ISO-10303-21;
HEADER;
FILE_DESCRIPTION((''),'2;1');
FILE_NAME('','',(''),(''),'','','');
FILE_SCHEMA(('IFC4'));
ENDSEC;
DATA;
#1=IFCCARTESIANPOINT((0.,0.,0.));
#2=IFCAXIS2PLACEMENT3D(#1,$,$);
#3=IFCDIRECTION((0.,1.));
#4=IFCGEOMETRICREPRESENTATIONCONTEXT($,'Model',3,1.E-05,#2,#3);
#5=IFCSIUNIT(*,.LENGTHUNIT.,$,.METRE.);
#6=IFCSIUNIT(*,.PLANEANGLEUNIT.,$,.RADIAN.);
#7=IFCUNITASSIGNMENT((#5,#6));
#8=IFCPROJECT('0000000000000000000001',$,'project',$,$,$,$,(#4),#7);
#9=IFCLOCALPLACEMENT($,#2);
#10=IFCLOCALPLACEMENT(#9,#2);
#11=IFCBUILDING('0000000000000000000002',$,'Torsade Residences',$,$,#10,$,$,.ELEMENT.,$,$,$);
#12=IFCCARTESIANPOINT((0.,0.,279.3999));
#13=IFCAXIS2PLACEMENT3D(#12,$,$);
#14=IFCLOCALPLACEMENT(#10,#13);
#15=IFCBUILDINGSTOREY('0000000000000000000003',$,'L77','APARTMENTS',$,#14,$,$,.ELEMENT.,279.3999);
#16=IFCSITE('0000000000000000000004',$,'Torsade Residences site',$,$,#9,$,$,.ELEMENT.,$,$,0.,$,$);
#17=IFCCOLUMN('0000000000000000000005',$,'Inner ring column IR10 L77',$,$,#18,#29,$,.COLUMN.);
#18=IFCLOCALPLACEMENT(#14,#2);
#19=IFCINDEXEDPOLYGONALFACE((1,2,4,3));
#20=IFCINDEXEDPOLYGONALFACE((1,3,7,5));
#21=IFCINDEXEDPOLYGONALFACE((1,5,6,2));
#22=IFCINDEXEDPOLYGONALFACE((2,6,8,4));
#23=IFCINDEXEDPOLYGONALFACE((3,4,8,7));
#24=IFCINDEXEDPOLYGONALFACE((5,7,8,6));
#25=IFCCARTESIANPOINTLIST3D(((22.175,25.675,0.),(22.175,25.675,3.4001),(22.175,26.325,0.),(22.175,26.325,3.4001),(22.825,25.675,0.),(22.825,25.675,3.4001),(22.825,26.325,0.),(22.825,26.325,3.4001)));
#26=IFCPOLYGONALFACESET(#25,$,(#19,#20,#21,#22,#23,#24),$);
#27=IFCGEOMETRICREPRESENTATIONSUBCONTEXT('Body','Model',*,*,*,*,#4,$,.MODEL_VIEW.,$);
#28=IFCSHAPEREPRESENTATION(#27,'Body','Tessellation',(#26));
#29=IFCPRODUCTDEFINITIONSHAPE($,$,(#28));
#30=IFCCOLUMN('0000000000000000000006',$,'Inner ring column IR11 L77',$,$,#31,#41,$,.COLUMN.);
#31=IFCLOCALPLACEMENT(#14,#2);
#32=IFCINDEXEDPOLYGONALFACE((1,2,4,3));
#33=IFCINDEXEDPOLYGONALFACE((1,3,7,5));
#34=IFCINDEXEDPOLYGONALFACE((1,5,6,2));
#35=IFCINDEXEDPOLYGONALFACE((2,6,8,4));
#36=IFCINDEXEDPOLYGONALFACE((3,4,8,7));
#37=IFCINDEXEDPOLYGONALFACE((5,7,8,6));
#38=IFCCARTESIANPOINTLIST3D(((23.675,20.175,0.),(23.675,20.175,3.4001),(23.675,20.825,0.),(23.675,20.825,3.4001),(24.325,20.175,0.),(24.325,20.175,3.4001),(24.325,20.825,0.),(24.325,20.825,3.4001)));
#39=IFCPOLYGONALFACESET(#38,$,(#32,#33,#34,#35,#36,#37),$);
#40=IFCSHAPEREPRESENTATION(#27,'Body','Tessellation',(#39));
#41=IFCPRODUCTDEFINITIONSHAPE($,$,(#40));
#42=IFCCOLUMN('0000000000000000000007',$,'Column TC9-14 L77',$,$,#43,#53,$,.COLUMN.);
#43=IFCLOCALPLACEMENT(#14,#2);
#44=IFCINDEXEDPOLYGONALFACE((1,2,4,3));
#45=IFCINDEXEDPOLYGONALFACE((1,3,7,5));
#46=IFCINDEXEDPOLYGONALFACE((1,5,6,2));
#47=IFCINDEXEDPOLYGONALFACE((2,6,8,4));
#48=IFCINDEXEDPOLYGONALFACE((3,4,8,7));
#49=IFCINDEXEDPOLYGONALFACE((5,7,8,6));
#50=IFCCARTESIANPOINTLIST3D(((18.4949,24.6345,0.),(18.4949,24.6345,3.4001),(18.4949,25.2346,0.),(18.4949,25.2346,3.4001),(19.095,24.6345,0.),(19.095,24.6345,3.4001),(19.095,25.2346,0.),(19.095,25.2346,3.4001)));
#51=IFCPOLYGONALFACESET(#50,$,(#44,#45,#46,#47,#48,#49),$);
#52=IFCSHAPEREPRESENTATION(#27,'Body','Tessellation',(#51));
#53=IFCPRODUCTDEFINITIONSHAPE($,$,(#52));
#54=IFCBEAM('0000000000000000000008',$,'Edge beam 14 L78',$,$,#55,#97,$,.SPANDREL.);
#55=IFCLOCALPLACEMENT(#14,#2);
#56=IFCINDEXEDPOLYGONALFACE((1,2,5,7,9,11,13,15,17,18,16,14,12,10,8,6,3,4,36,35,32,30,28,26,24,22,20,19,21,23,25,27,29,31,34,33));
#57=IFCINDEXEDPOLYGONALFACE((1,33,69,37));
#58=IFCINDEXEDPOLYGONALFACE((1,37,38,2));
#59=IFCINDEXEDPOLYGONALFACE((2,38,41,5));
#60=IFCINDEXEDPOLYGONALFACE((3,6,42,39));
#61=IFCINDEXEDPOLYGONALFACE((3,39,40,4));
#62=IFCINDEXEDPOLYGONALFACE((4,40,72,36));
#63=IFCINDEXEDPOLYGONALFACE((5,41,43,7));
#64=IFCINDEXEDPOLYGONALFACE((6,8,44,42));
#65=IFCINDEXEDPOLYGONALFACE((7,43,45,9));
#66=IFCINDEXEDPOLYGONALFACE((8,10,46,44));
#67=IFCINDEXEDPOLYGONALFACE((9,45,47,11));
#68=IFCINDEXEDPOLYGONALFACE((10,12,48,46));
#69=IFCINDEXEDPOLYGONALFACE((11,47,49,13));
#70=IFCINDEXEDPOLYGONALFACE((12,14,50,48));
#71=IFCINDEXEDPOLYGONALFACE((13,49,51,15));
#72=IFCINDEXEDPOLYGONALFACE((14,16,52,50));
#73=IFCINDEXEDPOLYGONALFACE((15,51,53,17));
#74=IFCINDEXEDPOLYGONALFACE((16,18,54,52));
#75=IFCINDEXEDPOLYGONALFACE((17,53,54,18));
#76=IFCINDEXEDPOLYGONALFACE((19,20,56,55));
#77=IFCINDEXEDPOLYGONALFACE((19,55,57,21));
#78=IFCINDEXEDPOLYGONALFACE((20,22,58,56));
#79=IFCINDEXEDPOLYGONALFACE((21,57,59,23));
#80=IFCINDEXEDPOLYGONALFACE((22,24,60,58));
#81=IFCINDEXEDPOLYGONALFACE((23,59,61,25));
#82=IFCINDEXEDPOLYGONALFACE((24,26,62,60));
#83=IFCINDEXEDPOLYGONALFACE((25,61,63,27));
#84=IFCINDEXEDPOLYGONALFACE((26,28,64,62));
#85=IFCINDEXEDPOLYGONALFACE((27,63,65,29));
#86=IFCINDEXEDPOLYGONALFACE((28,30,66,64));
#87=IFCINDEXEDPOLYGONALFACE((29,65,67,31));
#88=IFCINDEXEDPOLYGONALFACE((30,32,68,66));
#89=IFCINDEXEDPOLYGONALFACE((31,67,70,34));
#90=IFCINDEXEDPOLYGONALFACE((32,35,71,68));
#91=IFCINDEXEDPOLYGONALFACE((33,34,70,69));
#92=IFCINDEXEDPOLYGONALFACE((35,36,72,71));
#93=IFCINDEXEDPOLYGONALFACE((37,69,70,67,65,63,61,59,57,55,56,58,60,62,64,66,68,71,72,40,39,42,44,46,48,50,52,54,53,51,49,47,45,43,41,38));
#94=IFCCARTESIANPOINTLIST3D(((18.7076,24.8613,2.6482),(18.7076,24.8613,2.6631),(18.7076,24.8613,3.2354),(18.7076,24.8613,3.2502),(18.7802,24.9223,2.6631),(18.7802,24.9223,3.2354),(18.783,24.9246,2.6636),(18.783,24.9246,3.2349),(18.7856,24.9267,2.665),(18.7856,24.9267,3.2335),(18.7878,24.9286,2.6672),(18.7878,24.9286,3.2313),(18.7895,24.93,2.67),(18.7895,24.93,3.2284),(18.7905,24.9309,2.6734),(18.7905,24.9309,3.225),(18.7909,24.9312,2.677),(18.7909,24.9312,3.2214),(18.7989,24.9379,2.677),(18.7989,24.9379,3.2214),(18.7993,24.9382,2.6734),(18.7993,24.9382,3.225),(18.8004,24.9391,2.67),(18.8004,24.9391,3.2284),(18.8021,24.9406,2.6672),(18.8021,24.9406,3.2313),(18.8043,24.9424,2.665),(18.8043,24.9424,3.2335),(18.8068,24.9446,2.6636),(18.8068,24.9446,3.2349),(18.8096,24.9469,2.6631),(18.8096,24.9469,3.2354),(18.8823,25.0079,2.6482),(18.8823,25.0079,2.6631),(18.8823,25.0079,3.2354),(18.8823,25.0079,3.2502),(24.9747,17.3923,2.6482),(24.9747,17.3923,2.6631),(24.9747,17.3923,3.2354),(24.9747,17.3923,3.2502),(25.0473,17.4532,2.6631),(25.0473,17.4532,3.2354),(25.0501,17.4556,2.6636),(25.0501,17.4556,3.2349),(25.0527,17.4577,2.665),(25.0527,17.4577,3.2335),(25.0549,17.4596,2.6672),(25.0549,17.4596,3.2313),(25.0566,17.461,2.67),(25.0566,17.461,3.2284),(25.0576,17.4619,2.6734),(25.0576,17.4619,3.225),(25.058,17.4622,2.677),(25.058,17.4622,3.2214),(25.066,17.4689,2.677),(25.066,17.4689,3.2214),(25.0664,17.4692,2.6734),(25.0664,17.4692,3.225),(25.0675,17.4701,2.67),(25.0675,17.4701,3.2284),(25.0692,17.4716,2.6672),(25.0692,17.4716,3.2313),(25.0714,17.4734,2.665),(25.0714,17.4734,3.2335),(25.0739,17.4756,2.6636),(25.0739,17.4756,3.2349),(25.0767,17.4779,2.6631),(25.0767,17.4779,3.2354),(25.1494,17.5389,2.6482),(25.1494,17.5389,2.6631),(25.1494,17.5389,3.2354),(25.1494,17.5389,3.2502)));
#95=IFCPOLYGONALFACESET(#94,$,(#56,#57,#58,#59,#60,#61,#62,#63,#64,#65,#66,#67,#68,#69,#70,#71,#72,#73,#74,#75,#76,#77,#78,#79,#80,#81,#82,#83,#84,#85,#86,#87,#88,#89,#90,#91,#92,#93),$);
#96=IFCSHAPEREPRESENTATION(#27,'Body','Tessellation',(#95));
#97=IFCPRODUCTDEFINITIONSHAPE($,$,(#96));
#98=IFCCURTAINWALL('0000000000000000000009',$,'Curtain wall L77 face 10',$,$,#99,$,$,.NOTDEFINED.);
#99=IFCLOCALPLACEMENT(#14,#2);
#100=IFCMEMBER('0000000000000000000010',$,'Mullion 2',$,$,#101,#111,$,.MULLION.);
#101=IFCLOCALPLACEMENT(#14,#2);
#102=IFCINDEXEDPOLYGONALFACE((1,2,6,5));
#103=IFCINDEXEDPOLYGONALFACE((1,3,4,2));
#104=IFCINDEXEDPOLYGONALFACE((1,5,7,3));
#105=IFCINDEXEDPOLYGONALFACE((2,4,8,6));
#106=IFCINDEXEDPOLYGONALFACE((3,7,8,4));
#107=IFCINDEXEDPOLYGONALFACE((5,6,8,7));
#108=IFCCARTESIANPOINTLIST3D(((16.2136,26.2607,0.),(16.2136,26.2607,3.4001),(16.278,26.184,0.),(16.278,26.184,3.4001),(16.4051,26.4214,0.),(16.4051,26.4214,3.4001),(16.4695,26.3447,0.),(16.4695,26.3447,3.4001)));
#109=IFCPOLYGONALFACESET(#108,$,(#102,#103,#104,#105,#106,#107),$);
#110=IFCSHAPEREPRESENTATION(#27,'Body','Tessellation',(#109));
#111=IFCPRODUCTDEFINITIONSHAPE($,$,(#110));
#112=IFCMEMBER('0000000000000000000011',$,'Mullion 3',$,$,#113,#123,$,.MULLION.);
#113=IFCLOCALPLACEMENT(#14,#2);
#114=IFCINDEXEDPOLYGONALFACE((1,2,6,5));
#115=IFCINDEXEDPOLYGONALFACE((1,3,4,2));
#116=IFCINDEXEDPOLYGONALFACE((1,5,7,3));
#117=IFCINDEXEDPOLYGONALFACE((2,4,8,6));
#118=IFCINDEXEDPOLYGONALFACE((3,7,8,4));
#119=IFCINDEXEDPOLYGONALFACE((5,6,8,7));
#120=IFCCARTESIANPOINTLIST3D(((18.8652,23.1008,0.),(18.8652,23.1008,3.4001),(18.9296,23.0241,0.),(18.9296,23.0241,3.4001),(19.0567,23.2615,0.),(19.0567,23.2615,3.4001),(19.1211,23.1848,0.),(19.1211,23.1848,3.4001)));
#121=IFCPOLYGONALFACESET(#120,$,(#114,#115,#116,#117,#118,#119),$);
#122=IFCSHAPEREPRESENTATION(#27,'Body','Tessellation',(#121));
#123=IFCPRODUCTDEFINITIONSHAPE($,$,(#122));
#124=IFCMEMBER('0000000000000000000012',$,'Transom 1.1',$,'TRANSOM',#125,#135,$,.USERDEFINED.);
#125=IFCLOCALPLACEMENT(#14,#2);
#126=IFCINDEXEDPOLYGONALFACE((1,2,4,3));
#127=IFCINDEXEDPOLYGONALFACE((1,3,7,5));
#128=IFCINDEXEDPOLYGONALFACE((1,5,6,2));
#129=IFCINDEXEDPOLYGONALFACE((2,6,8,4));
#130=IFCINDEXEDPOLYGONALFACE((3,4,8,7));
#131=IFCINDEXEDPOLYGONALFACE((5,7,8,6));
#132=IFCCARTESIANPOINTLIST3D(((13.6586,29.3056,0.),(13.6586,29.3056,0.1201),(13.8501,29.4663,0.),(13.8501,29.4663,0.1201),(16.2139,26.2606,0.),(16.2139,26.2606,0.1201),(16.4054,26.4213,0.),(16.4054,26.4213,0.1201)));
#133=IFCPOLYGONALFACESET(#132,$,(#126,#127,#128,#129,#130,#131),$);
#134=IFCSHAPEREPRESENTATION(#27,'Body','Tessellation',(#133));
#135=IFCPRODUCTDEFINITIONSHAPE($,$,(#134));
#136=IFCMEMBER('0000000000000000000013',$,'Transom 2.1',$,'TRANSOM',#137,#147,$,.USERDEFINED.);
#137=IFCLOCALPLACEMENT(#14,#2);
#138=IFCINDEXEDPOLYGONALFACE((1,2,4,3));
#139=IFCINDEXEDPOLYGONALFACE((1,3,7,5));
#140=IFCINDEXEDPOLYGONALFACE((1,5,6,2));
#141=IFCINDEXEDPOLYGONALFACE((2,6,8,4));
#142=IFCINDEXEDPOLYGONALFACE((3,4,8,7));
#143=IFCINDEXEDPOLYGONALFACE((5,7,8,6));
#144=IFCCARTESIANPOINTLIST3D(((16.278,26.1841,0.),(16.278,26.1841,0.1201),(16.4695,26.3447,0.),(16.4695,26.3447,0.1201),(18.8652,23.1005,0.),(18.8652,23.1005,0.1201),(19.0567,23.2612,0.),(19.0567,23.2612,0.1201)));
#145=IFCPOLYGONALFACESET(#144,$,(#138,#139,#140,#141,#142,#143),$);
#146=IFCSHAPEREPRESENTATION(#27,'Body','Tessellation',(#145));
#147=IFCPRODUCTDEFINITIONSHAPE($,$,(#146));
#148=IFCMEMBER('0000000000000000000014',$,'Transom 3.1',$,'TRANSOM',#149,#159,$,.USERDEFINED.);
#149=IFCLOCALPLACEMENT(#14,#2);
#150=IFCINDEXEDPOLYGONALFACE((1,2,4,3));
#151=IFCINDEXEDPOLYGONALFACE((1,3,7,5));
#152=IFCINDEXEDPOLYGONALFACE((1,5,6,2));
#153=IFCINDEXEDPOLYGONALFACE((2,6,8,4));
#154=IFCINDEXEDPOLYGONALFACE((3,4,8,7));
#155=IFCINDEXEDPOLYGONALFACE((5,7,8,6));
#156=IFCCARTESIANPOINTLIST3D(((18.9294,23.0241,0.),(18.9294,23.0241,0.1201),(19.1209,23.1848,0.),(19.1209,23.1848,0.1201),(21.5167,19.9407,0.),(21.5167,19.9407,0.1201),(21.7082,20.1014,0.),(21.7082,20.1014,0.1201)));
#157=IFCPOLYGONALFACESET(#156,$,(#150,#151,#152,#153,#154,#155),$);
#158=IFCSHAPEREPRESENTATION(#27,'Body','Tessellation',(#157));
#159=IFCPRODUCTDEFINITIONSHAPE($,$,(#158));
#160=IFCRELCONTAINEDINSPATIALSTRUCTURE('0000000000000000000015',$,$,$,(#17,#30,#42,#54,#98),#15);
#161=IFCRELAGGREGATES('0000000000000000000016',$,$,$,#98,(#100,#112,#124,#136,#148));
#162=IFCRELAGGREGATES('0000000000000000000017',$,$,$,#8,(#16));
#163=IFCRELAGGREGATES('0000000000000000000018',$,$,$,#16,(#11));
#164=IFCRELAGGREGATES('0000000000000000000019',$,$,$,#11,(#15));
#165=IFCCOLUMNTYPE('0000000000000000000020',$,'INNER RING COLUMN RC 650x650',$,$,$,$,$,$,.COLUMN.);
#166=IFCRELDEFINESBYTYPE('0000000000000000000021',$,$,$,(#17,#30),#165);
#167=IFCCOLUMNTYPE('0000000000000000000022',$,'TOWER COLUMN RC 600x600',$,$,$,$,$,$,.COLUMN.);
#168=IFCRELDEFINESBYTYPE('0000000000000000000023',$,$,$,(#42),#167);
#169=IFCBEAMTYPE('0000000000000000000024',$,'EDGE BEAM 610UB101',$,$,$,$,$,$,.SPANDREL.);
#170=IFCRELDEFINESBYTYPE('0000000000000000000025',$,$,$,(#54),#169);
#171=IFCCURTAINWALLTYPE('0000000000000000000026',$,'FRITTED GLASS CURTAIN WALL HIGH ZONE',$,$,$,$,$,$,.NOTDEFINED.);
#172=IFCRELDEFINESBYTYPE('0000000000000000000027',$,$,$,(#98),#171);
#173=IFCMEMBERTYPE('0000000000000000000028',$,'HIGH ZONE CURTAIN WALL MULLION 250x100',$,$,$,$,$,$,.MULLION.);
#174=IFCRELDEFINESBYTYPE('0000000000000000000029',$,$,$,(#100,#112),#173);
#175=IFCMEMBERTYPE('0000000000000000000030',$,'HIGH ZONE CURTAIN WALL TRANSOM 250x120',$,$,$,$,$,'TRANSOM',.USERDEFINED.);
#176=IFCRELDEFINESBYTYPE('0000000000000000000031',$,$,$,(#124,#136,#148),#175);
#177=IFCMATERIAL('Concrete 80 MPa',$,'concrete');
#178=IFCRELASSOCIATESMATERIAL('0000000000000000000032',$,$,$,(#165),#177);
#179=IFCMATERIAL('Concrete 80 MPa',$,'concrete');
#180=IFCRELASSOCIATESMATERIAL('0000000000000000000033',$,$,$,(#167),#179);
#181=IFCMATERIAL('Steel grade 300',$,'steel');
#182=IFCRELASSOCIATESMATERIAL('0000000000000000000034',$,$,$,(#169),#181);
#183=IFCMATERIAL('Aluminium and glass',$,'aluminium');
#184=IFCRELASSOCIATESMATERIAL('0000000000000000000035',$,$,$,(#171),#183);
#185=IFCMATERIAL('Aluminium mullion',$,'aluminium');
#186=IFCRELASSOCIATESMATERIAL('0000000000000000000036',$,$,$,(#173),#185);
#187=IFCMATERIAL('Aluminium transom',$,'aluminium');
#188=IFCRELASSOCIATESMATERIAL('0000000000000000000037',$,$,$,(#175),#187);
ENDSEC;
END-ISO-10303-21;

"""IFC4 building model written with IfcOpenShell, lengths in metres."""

from ifc_helpers import new_model, si_unit, direction, frame, origin, origin_2d, place, context, subcontext, project, spatial, rectangle, i_section, extrude, material, material_profile, profile_set, type_object, element, aggregate, save


model = new_model("IFC4")

# Units and contexts
model_context = context("Model", 3, precision=1e-05, world=origin(), true_north=direction((0.0, 1.0)))
body_context = subcontext(model_context, "Body", "Model", "MODEL_VIEW")
ifc_project = project(units=[si_unit("LENGTHUNIT", "METRE"), si_unit("PLANEANGLEUNIT", "RADIAN")], contexts=[model_context])

# Site, building, storey
site_placement = place(None, origin())
site = spatial("IfcSite", under=ifc_project, at=site_placement, Name="Torsade Residences site", CompositionType="ELEMENT", RefElevation=0.0)
building_placement = place(site_placement, origin())
building = spatial("IfcBuilding", under=site, at=building_placement, Name="Torsade Residences", CompositionType="ELEMENT")
storey_placement = place(building_placement, frame((0.0, 0.0, 279.3999)))
storey = spatial("IfcBuildingStorey", under=building, at=storey_placement, Name="L77", Description="APARTMENTS", CompositionType="ELEMENT", Elevation=279.3999)

# Columns
ifc_material_1 = material(Name="Concrete 80 MPa", Category="concrete")
ifc_material_profile_1 = material_profile(ifc_material_1, rectangle(XDim=0.6499, YDim=0.6499, at=origin_2d()), Name="RC 650x650")
ifc_profile_set_1 = profile_set([ifc_material_profile_1], Name="Concrete 80 MPa")
column_type_1 = type_object("IfcColumnType", Name="INNER RING COLUMN RC 650x650", PredefinedType="COLUMN", material=ifc_profile_set_1)
for number, where, z_axis, x_axis, name in (
    (1, (22.5, 26.0, 0.0), (0.0, 0.0, 1.0), (1.0, 0.0, 0.0), "Inner ring column IR10 L77"),
    (2, (24.0, 20.5, 0.0), (0.0, 0.0, 1.0), (1.0, 0.0, 0.0), "Inner ring column IR11 L77"),
):
    element("IfcColumn", number, at=place(storey_placement, frame(where, z_axis=z_axis, x_axis=x_axis)), inside=storey, type_object=column_type_1, Name=name, PredefinedType="COLUMN", context=body_context, shape_type="SweptSolid", body=[
        extrude(rectangle(XDim=0.6499, YDim=0.6499, at=origin_2d()), origin(), (0.0, 0.0, 1.0), 3.4001),
    ])
ifc_material_2 = material(Name="Concrete 80 MPa", Category="concrete")
ifc_material_profile_2 = material_profile(ifc_material_2, rectangle(XDim=0.6001, YDim=0.6001, at=origin_2d()), Name="RC 600x600")
ifc_profile_set_2 = profile_set([ifc_material_profile_2], Name="Concrete 80 MPa")
column_type_2 = type_object("IfcColumnType", Name="TOWER COLUMN RC 600x600", PredefinedType="COLUMN", material=ifc_profile_set_2)
column_placement = place(storey_placement, frame((18.7949, 24.9346, 0.0), z_axis=(0.0, 0.0, 1.0), x_axis=(1.0, 0.0, 0.0)))
element("IfcColumn", 3, at=column_placement, inside=storey, type_object=column_type_2, Name="Column TC9-14 L77", PredefinedType="COLUMN", context=body_context, shape_type="SweptSolid", body=[
    extrude(rectangle(XDim=0.6001, YDim=0.6001, at=origin_2d()), origin(), (0.0, 0.0, 1.0), 3.4001),
])

# Beam
ifc_material_3 = material(Name="Steel grade 300", Category="steel")
ifc_material_profile_3 = material_profile(ifc_material_3, i_section(OverallWidth=0.228, OverallDepth=0.6021, WebThickness=0.0105, FlangeThickness=0.0149, FilletRadius=0.0139, at=origin_2d()), Name="610UB101")
ifc_profile_set_3 = profile_set([ifc_material_profile_3], Name="Steel grade 300")
beam_type_1 = type_object("IfcBeamType", Name="EDGE BEAM 610UB101", PredefinedType="SPANDREL", material=ifc_profile_set_3)
beam_1_placement = place(storey_placement, frame((18.7949, 24.9346, 2.9492), z_axis=(0.642779, -0.766052, 0.0), x_axis=(0.766052, 0.642779, 0.0)))
element("IfcBeam", 4, at=beam_1_placement, inside=storey, type_object=beam_type_1, Name="Edge beam 14 L78", PredefinedType="SPANDREL", context=body_context, shape_type="SweptSolid", body=[
    extrude(i_section(OverallWidth=0.228, OverallDepth=0.6021, WebThickness=0.0105, FlangeThickness=0.0149, FilletRadius=0.0139, at=origin_2d()), origin(), (0.0, 0.0, 1.0), 9.75),
])

# Curtain wall, members
ifc_material_4 = material(Name="Aluminium and glass", Category="aluminium")
curtain_wall_type = type_object("IfcCurtainWallType", Name="FRITTED GLASS CURTAIN WALL HIGH ZONE", PredefinedType="NOTDEFINED", material=ifc_material_4)
curtain_wall_placement = place(storey_placement, origin())
curtain_wall = element("IfcCurtainWall", 5, at=curtain_wall_placement, inside=storey, type_object=curtain_wall_type, Name="Curtain wall L77 face 10", PredefinedType="NOTDEFINED")
ifc_material_5 = material(Name="Aluminium mullion", Category="aluminium")
ifc_material_profile_4 = material_profile(ifc_material_5, rectangle(XDim=0.25, YDim=0.1001, at=origin_2d()), Name="HIGH ZONE CURTAIN WALL MULLION 250x100")
ifc_profile_set_4 = profile_set([ifc_material_profile_4], Name="Aluminium mullion")
member_type_1 = type_object("IfcMemberType", Name="HIGH ZONE CURTAIN WALL MULLION 250x100", PredefinedType="MULLION", material=ifc_profile_set_4)
member_1_placement = place(storey_placement, frame((16.3416, 26.3027, 0.0), z_axis=(0.0, 0.0, 1.0), x_axis=(0.766044, 0.642788, 0.0)))
member_1 = element("IfcMember", 6, at=member_1_placement, type_object=member_type_1, Name="Mullion 2", PredefinedType="MULLION", context=body_context, shape_type="SweptSolid", body=[
    extrude(rectangle(XDim=0.25, YDim=0.1001, at=origin_2d()), origin(), (0.0, 0.0, 1.0), 3.4001),
])
member_2_placement = place(storey_placement, frame((18.9932, 23.1428, 0.0), z_axis=(0.0, 0.0, 1.0), x_axis=(0.766044, 0.642788, 0.0)))
member_2 = element("IfcMember", 7, at=member_2_placement, type_object=member_type_1, Name="Mullion 3", PredefinedType="MULLION", context=body_context, shape_type="SweptSolid", body=[
    extrude(rectangle(XDim=0.25, YDim=0.1001, at=origin_2d()), origin(), (0.0, 0.0, 1.0), 3.4001),
])
ifc_material_6 = material(Name="Aluminium transom", Category="aluminium")
ifc_material_profile_5 = material_profile(ifc_material_6, rectangle(XDim=0.25, YDim=0.1201, at=origin_2d()), Name="HIGH ZONE CURTAIN WALL TRANSOM 250x120")
ifc_profile_set_5 = profile_set([ifc_material_profile_5], Name="Aluminium transom")
member_type_2 = type_object("IfcMemberType", Name="HIGH ZONE CURTAIN WALL TRANSOM 250x120", ElementType="TRANSOM", PredefinedType="USERDEFINED", material=ifc_profile_set_5)
member_3_placement = place(storey_placement, frame((13.7544, 29.386, 0.0601), z_axis=(0.642815, -0.766022, 0.0), x_axis=(0.766022, 0.642815, 0.0)))
member_3 = element("IfcMember", 8, at=member_3_placement, type_object=member_type_2, Name="Transom 1.1", ObjectType="TRANSOM", PredefinedType="USERDEFINED", context=body_context, shape_type="SweptSolid", body=[
    extrude(rectangle(XDim=0.25, YDim=0.1201, at=origin_2d()), origin(), (0.0, 0.0, 1.0), 3.9751),
])
member_4_placement = place(storey_placement, frame((16.3738, 26.2644, 0.0601), z_axis=(0.642758, -0.766069, 0.0), x_axis=(0.766069, 0.642758, 0.0)))
member_4 = element("IfcMember", 9, at=member_4_placement, type_object=member_type_2, Name="Transom 2.1", ObjectType="TRANSOM", PredefinedType="USERDEFINED", context=body_context, shape_type="SweptSolid", body=[
    extrude(rectangle(XDim=0.25, YDim=0.1201, at=origin_2d()), origin(), (0.0, 0.0, 1.0), 4.0251),
])
member_5_placement = place(storey_placement, frame((19.0251, 23.1045, 0.0601), z_axis=(0.642794, -0.766039, 0.0), x_axis=(0.766039, 0.642794, 0.0)))
member_5 = element("IfcMember", 10, at=member_5_placement, type_object=member_type_2, Name="Transom 3.1", ObjectType="TRANSOM", PredefinedType="USERDEFINED", context=body_context, shape_type="SweptSolid", body=[
    extrude(rectangle(XDim=0.25, YDim=0.1201, at=origin_2d()), origin(), (0.0, 0.0, 1.0), 4.0251),
])

aggregate(curtain_wall, [member_1, member_2, member_3, member_4, member_5])

save(model, "model.ifc")
